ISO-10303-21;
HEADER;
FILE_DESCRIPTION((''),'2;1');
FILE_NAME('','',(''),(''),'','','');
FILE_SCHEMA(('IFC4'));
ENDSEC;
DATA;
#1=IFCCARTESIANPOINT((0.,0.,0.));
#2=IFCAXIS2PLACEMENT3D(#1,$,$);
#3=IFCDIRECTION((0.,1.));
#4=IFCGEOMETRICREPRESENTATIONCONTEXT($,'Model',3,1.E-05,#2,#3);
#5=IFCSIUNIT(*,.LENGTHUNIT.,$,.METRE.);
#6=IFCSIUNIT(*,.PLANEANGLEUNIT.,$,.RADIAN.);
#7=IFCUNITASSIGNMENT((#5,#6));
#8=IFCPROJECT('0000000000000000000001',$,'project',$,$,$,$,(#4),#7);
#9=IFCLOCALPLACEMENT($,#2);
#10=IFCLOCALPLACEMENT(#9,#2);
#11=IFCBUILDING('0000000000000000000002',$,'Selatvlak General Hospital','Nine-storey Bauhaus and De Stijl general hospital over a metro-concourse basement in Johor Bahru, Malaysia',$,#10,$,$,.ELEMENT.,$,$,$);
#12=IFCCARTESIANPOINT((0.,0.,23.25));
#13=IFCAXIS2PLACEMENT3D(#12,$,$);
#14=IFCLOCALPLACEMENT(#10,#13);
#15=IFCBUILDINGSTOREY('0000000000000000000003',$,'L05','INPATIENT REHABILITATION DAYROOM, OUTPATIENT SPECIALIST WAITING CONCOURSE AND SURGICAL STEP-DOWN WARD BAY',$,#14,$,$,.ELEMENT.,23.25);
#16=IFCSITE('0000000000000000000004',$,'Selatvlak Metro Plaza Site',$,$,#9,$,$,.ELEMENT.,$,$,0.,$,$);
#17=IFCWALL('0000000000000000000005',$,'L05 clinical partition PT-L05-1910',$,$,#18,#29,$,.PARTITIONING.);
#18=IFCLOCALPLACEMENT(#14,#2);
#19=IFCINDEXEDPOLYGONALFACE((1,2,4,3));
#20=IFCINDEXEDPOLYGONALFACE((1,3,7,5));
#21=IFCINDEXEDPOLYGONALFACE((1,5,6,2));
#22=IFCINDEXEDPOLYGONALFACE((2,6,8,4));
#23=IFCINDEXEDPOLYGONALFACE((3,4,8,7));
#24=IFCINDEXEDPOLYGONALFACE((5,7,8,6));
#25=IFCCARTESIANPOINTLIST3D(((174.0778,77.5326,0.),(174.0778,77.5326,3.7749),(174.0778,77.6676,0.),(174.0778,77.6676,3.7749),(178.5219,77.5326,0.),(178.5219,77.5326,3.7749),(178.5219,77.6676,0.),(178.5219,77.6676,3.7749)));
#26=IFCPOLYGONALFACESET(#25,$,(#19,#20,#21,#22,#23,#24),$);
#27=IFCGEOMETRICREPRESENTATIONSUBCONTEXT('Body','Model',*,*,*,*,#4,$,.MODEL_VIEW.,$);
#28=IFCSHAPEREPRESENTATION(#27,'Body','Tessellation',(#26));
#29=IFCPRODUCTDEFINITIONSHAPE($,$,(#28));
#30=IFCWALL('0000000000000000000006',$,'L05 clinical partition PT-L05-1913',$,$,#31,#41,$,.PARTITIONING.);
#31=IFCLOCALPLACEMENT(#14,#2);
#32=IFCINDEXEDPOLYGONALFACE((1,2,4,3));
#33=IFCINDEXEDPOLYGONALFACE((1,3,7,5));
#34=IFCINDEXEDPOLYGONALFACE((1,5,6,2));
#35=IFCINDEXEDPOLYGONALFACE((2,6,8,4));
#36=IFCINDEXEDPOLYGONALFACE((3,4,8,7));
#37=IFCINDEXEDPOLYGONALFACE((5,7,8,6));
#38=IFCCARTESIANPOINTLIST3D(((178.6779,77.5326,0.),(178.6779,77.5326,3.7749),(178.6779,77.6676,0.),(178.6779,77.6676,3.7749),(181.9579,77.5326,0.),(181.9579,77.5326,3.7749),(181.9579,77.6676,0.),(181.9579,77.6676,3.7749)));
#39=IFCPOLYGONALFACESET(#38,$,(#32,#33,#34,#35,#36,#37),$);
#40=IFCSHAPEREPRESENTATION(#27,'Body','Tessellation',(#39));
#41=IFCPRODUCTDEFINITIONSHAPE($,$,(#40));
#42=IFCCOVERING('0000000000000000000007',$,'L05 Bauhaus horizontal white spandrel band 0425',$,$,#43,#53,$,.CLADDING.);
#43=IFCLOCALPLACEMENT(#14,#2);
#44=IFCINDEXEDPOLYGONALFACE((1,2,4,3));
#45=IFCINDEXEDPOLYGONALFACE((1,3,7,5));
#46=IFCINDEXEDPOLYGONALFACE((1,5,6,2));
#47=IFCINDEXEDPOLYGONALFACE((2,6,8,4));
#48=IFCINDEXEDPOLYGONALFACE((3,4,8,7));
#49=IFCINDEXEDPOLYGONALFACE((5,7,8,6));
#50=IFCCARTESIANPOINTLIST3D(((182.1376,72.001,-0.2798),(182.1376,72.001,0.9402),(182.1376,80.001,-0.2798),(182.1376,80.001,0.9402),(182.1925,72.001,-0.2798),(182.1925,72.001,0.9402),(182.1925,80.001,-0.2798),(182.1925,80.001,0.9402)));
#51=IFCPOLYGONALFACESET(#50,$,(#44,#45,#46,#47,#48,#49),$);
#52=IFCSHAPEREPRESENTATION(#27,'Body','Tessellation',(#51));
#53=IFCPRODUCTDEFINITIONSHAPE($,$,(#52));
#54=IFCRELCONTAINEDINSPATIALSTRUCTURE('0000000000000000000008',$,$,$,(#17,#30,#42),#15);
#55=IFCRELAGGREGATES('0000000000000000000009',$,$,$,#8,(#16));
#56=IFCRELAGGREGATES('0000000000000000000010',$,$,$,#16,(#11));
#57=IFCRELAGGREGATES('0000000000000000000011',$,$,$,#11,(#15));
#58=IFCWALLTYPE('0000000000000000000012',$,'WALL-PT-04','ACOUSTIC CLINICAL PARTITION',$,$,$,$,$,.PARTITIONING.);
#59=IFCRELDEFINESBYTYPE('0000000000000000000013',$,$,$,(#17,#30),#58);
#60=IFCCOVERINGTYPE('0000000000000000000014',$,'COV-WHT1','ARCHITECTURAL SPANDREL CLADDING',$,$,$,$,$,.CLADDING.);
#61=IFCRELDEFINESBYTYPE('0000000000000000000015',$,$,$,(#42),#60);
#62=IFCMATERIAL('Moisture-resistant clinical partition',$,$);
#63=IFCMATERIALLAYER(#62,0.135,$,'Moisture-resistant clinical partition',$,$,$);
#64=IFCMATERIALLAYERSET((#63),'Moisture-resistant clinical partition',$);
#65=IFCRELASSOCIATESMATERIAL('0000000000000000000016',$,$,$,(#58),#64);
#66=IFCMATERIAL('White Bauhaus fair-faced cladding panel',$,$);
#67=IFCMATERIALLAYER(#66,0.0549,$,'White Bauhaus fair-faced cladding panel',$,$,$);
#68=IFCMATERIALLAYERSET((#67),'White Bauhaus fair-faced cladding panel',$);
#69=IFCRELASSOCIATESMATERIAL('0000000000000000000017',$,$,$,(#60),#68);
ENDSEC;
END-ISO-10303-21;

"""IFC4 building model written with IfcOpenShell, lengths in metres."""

from ifc_helpers import new_model, si_unit, direction, frame, frame_2d, origin, origin_2d, place, context, subcontext, project, spatial, rectangle, extrude, material, layer, layer_set, type_object, element, save


model = new_model("IFC4")

# Units and contexts
model_context = context("Model", 3, precision=1e-05, world=origin(), true_north=direction((0.0, 1.0)))
body_context = subcontext(model_context, "Body", "Model", "MODEL_VIEW")
ifc_project = project(units=[si_unit("LENGTHUNIT", "METRE"), si_unit("PLANEANGLEUNIT", "RADIAN")], contexts=[model_context])

# Site, building, storey
site_placement = place(None, origin())
site = spatial("IfcSite", under=ifc_project, at=site_placement, Name="Selatvlak Metro Plaza Site", CompositionType="ELEMENT", RefElevation=0.0)
building_placement = place(site_placement, origin())
building = spatial("IfcBuilding", under=site, at=building_placement, Name="Selatvlak General Hospital", Description="Nine-storey Bauhaus and De Stijl general hospital over a metro-concourse basement in Johor Bahru, Malaysia", CompositionType="ELEMENT")
storey_placement = place(building_placement, frame((0.0, 0.0, 23.25)))
storey = spatial("IfcBuildingStorey", under=building, at=storey_placement, Name="L05", Description="INPATIENT REHABILITATION DAYROOM, OUTPATIENT SPECIALIST WAITING CONCOURSE AND SURGICAL STEP-DOWN WARD BAY", CompositionType="ELEMENT", Elevation=23.25)

# Walls
ifc_material_1 = material(Name="Moisture-resistant clinical partition")
ifc_layer_1 = layer(ifc_material_1, 0.135, Name="Moisture-resistant clinical partition")
ifc_layer_set_1 = layer_set([ifc_layer_1], Name="Moisture-resistant clinical partition")
wall_type_1 = type_object("IfcWallType", Name="WALL-PT-04", Description="ACOUSTIC CLINICAL PARTITION", PredefinedType="PARTITIONING", material=ifc_layer_set_1)
wall_1_placement = place(storey_placement, frame((178.522, 77.6001, 0.0), z_axis=(0.0, 0.0, 1.0), x_axis=(-1.0, 0.0, 0.0)))
element("IfcWall", 1, at=wall_1_placement, inside=storey, type_object=wall_type_1, Name="L05 clinical partition PT-L05-1910", PredefinedType="PARTITIONING", context=body_context, shape_type="SweptSolid", body=[
    extrude(rectangle(XDim=4.4441, YDim=0.135, at=frame_2d((2.2222, 0.0))), origin(), (0.0, 0.0, 1.0), 3.7749),
])
wall_2_placement = place(storey_placement, frame((181.958, 77.6001, 0.0), z_axis=(0.0, 0.0, 1.0), x_axis=(-1.0, 0.0, 0.0)))
element("IfcWall", 2, at=wall_2_placement, inside=storey, type_object=wall_type_1, Name="L05 clinical partition PT-L05-1913", PredefinedType="PARTITIONING", context=body_context, shape_type="SweptSolid", body=[
    extrude(rectangle(XDim=3.28, YDim=0.135, at=frame_2d((1.6401, 0.0))), origin(), (0.0, 0.0, 1.0), 3.7749),
])

# Covering
ifc_material_2 = material(Name="White Bauhaus fair-faced cladding panel")
ifc_layer_2 = layer(ifc_material_2, 0.0549, Name="White Bauhaus fair-faced cladding panel")
ifc_layer_set_2 = layer_set([ifc_layer_2], Name="White Bauhaus fair-faced cladding panel")
covering_type = type_object("IfcCoveringType", Name="COV-WHT1", Description="ARCHITECTURAL SPANDREL CLADDING", PredefinedType="CLADDING", material=ifc_layer_set_2)
covering_placement = place(storey_placement, frame((182.165, 76.001, -0.2798), z_axis=(0.0, 0.0, 1.0), x_axis=(0.0, -1.0, 0.0)))
element("IfcCovering", 3, at=covering_placement, inside=storey, type_object=covering_type, Name="L05 Bauhaus horizontal white spandrel band 0425", PredefinedType="CLADDING", context=body_context, shape_type="SweptSolid", body=[
    extrude(rectangle(XDim=8.0, YDim=0.0549, at=origin_2d()), origin(), (0.0, 0.0, 1.0), 1.22),
])

save(model, "model.ifc")
